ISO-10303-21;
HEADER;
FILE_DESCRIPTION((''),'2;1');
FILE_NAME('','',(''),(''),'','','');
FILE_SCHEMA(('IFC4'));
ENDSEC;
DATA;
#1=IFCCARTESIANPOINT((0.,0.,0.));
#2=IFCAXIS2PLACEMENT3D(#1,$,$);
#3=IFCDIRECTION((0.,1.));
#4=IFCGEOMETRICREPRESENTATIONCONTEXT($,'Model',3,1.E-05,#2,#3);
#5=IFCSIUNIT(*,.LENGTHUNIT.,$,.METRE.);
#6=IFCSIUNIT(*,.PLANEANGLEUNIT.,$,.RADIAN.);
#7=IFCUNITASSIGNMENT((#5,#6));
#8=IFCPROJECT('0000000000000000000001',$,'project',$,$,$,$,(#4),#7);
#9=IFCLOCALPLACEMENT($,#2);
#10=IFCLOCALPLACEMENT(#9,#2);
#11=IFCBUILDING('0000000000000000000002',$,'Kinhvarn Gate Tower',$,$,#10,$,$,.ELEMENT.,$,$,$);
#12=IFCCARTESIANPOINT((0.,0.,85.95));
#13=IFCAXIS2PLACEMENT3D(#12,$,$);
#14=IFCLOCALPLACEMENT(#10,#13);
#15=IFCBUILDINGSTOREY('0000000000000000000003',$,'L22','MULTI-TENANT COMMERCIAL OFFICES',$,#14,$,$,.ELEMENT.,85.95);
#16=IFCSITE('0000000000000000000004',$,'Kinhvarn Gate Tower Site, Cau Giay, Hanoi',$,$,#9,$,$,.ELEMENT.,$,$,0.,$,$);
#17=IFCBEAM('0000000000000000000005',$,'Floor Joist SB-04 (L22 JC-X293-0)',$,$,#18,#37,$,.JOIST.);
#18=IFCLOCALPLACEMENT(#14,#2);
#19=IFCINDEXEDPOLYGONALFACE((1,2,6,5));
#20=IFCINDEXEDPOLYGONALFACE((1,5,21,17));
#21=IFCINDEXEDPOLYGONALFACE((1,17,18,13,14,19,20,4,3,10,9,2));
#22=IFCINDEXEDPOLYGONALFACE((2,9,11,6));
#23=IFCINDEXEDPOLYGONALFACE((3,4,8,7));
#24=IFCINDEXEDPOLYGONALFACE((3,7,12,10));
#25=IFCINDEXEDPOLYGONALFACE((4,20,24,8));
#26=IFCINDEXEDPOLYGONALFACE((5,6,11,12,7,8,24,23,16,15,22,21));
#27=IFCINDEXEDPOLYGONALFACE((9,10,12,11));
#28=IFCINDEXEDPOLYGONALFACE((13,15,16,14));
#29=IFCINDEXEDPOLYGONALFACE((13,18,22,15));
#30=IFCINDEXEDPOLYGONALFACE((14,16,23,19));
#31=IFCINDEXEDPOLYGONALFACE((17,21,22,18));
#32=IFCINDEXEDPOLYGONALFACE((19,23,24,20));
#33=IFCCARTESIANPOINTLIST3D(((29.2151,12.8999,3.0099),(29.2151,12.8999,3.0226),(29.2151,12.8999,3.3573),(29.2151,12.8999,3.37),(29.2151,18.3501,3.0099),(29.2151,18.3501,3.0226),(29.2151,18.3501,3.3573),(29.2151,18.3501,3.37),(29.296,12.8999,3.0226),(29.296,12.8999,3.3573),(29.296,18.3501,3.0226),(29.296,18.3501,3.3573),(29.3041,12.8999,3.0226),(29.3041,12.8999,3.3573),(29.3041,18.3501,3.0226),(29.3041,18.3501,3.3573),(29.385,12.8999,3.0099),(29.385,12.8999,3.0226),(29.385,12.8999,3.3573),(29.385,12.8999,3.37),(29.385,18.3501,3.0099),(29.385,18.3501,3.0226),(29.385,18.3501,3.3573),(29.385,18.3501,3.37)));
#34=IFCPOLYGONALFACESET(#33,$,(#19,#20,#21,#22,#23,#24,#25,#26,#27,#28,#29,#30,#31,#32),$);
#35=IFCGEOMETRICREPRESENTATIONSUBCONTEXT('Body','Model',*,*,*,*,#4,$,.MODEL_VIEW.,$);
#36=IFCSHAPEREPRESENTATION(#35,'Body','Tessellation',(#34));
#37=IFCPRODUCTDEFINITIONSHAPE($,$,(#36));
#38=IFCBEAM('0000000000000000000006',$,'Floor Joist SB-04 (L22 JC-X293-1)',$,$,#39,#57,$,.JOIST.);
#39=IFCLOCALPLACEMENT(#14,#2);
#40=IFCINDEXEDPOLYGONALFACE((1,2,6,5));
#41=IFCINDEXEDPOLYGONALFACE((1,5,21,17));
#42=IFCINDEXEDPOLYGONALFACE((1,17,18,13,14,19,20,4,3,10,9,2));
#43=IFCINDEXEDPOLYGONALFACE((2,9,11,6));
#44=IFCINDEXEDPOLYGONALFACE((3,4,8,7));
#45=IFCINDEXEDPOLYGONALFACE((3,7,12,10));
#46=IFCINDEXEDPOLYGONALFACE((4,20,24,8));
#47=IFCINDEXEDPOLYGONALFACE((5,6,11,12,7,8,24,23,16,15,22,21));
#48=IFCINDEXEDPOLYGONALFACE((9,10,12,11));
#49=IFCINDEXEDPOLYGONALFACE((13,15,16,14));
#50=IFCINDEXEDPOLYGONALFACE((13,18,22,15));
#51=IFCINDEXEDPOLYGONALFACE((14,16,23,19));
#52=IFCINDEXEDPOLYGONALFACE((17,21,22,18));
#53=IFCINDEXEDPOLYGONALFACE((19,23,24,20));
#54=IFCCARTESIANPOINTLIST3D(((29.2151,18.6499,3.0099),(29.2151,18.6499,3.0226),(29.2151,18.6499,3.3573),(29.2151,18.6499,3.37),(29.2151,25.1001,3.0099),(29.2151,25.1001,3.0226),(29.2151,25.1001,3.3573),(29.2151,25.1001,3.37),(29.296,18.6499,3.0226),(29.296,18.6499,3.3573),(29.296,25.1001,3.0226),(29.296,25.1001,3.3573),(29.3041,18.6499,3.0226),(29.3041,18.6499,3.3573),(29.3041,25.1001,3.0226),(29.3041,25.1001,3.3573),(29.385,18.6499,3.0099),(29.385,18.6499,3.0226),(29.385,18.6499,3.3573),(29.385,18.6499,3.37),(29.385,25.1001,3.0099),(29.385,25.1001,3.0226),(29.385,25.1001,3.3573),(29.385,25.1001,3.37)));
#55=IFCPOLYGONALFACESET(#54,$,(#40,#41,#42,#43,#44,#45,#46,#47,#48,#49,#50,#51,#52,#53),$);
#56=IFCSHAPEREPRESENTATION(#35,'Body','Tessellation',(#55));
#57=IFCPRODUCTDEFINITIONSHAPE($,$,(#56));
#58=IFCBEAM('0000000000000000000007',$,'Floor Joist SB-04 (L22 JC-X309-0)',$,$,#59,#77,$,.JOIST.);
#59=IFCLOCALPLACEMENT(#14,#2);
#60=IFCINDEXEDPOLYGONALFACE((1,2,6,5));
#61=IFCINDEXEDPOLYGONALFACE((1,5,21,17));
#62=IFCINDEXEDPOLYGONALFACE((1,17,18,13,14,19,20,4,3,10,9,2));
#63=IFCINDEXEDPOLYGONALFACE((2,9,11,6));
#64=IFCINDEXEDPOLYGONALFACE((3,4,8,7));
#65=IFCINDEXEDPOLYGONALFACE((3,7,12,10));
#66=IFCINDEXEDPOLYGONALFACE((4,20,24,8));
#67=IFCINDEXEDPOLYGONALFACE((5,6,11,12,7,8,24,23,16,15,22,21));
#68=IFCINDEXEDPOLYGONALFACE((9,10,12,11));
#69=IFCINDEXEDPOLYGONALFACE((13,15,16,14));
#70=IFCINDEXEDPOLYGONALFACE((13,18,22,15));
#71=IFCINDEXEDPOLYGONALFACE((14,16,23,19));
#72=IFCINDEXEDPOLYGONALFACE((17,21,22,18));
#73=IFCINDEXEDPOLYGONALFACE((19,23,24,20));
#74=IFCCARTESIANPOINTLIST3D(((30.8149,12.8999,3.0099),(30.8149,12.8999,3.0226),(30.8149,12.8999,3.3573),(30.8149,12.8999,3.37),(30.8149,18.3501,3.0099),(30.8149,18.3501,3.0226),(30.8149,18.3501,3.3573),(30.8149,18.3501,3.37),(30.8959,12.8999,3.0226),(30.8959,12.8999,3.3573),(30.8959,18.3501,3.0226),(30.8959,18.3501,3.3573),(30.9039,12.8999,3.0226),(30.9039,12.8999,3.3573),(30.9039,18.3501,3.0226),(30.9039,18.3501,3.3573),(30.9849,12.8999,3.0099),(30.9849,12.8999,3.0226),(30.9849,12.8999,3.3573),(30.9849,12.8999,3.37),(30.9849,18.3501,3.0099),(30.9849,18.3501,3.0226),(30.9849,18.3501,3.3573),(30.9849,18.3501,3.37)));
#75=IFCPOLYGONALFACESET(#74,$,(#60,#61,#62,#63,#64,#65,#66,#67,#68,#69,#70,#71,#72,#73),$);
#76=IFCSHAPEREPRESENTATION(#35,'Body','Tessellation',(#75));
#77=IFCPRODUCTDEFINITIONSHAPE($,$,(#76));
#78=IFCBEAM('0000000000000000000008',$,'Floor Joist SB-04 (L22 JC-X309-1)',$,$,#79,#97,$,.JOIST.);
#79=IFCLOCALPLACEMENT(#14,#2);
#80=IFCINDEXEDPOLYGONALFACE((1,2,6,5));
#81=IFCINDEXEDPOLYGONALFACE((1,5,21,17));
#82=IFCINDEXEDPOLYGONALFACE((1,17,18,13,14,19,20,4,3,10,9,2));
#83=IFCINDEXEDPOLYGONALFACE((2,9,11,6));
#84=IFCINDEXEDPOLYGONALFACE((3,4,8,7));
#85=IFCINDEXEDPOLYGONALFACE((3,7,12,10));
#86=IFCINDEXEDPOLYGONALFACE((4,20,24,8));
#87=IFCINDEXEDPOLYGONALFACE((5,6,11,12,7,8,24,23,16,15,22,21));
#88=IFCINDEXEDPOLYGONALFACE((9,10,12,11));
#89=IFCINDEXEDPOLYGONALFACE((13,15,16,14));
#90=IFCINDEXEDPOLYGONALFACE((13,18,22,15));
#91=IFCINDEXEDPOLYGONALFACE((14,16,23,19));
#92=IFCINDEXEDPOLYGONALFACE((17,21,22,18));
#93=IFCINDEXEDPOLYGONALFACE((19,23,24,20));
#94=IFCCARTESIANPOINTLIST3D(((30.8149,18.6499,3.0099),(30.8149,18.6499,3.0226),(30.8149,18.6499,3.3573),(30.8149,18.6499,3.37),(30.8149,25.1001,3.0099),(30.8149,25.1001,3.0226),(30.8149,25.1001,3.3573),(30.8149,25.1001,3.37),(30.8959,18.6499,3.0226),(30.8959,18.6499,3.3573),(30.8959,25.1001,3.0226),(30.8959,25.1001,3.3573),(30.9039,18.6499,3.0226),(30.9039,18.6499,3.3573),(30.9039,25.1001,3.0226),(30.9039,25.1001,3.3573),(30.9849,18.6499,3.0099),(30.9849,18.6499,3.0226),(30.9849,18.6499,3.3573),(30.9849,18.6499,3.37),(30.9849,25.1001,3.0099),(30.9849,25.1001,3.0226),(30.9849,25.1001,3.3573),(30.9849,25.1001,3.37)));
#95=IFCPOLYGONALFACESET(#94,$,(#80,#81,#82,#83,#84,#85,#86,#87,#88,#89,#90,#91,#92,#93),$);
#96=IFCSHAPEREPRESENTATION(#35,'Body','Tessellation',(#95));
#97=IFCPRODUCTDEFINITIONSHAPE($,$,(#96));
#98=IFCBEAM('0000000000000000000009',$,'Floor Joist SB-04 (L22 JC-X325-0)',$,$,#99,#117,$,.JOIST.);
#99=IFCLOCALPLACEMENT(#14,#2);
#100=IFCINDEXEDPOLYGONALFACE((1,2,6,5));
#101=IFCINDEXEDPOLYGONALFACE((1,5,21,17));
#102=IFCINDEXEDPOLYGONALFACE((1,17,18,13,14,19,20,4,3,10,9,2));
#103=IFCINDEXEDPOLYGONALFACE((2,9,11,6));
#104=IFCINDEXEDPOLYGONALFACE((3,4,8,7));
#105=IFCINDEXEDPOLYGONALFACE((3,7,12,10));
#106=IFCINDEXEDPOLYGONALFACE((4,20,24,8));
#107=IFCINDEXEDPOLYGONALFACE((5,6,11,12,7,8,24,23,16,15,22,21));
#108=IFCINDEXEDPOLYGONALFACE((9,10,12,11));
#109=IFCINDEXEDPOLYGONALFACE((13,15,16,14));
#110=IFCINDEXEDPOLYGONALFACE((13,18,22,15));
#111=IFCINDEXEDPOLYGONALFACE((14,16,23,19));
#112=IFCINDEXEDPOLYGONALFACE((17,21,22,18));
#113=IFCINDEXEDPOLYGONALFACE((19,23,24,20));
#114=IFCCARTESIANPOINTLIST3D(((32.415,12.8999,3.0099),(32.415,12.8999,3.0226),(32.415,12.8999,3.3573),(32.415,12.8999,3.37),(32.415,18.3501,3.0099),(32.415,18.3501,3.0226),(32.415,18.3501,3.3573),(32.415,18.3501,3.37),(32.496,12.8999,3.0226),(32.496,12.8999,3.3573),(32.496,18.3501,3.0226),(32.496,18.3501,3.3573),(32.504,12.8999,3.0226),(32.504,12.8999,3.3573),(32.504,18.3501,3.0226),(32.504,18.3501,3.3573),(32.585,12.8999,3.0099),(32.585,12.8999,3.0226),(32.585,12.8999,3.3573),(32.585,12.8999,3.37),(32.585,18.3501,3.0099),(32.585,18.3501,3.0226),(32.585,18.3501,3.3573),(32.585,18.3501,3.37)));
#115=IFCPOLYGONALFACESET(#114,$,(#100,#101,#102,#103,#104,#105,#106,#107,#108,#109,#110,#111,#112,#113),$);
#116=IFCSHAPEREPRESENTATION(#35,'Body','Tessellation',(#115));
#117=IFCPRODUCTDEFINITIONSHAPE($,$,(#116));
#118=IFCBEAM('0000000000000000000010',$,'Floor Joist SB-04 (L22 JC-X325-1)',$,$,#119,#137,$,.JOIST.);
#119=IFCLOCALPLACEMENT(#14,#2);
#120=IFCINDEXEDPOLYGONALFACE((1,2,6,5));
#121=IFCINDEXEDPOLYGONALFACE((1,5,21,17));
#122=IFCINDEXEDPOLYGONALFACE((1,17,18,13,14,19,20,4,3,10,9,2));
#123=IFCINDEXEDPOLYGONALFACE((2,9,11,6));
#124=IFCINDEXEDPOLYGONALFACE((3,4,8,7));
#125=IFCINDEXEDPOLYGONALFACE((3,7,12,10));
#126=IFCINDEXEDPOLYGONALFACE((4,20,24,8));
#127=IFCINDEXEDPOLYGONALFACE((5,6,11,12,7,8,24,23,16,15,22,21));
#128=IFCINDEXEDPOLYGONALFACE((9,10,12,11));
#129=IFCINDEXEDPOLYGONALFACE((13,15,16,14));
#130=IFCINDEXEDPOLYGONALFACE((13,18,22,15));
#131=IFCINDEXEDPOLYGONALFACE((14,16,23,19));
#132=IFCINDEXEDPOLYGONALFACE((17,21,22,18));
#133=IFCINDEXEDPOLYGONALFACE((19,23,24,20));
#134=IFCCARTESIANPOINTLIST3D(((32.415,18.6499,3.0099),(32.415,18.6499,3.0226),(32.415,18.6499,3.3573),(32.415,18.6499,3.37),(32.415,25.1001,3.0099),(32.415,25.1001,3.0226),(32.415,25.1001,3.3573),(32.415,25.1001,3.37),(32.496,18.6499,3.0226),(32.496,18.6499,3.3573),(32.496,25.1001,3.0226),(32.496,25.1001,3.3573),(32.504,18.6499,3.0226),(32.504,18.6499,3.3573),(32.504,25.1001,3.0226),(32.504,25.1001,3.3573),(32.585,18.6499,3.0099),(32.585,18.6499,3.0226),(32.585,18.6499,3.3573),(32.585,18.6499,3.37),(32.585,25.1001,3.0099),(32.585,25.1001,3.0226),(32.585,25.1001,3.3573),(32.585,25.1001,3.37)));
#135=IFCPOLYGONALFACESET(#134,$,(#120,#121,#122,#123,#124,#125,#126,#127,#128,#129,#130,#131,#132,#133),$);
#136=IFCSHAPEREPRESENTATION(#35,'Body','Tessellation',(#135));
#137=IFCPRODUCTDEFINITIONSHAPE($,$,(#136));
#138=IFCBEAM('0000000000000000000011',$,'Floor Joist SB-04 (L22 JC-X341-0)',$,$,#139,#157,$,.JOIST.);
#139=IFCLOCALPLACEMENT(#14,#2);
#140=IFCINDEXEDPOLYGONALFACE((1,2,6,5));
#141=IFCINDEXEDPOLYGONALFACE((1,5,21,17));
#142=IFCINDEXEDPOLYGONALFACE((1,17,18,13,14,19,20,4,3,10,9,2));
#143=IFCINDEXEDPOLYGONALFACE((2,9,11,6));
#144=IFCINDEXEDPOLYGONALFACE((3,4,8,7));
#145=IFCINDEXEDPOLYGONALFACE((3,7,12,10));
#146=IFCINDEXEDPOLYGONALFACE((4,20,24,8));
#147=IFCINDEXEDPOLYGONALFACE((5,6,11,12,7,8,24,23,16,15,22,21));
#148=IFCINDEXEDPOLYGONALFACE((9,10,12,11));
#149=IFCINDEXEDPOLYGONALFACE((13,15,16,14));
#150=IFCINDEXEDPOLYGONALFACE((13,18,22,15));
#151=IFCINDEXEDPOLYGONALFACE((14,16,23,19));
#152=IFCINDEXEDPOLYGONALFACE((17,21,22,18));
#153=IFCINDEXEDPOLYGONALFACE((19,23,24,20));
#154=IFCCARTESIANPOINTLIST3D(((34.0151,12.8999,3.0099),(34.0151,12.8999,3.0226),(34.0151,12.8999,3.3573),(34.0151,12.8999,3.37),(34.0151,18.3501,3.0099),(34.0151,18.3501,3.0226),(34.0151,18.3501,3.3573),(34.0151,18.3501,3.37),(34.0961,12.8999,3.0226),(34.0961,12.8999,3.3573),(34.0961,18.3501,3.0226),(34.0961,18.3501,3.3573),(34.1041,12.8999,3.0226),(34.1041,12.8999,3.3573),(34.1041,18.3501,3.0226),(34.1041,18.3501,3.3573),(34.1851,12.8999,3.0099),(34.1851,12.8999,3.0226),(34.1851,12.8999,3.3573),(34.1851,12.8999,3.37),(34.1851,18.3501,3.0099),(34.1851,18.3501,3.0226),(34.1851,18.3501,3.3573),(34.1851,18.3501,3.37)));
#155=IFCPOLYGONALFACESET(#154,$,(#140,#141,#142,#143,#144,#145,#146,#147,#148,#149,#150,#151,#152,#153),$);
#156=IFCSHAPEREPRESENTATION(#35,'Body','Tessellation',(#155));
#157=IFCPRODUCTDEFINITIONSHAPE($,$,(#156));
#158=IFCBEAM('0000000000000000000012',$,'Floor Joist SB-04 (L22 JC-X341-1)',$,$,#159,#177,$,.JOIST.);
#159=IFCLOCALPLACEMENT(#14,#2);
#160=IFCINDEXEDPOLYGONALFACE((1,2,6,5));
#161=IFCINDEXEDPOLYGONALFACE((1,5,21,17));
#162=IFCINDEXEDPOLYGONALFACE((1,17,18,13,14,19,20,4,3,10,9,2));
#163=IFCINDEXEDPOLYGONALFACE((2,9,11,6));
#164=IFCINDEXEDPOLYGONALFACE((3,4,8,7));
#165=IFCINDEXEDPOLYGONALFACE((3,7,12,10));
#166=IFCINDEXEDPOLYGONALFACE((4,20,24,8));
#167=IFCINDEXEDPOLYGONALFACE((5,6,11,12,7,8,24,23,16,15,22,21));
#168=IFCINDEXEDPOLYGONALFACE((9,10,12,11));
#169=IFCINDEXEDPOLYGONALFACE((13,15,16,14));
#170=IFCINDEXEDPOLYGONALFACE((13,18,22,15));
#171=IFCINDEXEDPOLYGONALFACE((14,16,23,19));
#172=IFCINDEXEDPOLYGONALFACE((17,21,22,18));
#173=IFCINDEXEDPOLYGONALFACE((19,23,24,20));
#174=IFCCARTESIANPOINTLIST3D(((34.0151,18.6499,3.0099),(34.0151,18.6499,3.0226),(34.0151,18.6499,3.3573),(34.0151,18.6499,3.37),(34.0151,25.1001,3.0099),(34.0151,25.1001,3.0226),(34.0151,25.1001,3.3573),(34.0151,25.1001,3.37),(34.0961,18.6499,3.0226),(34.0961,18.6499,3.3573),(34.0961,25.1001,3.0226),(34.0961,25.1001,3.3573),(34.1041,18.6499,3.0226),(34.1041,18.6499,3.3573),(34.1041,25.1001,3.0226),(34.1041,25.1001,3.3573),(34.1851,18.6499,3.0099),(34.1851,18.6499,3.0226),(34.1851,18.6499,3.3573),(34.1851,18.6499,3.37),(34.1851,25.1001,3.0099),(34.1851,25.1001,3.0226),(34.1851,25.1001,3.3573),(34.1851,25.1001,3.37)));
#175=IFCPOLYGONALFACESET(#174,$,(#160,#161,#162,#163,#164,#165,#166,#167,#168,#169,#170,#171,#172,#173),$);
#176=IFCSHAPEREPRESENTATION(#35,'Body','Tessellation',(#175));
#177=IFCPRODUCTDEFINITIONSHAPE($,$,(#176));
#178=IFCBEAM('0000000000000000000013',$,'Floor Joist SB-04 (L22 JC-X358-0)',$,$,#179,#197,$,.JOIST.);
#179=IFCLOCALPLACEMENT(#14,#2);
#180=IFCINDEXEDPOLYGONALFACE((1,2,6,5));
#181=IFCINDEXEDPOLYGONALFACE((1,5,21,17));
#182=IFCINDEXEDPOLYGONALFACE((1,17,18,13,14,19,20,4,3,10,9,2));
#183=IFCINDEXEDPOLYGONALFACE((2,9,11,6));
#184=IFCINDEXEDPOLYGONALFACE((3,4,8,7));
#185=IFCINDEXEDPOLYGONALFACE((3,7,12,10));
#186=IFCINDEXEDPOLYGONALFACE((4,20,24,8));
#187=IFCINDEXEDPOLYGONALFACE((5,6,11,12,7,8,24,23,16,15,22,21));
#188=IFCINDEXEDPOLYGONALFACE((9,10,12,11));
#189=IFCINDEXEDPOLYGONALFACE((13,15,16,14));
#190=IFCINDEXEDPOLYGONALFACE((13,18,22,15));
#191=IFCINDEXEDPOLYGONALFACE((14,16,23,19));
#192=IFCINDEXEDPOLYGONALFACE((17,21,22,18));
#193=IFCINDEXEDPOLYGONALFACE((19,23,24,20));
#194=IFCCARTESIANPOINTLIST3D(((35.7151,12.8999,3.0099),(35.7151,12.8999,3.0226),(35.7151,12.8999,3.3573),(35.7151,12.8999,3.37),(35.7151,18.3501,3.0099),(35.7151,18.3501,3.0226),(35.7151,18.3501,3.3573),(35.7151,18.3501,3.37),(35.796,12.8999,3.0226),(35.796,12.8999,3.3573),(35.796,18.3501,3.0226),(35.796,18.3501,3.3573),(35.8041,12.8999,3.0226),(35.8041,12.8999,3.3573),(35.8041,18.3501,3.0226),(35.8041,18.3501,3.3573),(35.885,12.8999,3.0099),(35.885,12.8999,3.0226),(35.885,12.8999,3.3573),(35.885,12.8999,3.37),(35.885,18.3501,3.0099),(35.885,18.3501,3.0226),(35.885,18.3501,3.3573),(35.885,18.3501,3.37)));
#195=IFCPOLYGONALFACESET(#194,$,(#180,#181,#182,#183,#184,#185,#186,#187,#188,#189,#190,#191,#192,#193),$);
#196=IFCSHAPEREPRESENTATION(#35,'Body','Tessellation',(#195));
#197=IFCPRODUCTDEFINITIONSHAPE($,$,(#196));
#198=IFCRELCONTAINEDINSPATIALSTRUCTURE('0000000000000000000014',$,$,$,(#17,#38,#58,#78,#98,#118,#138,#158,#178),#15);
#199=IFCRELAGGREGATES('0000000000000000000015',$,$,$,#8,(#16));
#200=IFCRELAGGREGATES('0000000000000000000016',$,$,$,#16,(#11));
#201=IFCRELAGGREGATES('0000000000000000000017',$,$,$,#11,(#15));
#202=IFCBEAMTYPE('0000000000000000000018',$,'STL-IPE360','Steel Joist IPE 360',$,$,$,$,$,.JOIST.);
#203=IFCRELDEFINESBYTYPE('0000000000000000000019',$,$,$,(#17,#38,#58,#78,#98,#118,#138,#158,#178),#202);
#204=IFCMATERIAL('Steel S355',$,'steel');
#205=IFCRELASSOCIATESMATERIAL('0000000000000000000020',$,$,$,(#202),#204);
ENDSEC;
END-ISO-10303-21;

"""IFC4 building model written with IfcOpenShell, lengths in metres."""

from ifc_helpers import new_model, si_unit, direction, frame, origin, origin_2d, place, context, subcontext, project, spatial, i_section, extrude, material, material_profile, profile_set, type_object, element, save


model = new_model("IFC4")

# Units and contexts
model_context = context("Model", 3, precision=1e-05, world=origin(), true_north=direction((0.0, 1.0)))
body_context = subcontext(model_context, "Body", "Model", "MODEL_VIEW")
ifc_project = project(units=[si_unit("LENGTHUNIT", "METRE"), si_unit("PLANEANGLEUNIT", "RADIAN")], contexts=[model_context])

# Site, building, storey
site_placement = place(None, origin())
site = spatial("IfcSite", under=ifc_project, at=site_placement, Name="Kinhvarn Gate Tower Site, Cau Giay, Hanoi", CompositionType="ELEMENT", RefElevation=0.0)
building_placement = place(site_placement, origin())
building = spatial("IfcBuilding", under=site, at=building_placement, Name="Kinhvarn Gate Tower", CompositionType="ELEMENT")
storey_placement = place(building_placement, frame((0.0, 0.0, 85.95)))
storey = spatial("IfcBuildingStorey", under=building, at=storey_placement, Name="L22", Description="MULTI-TENANT COMMERCIAL OFFICES", CompositionType="ELEMENT", Elevation=85.95)

# Beams
ifc_material_1 = material(Name="Steel S355", Category="steel")
ifc_material_profile_1 = material_profile(ifc_material_1, i_section(OverallWidth=0.1699, OverallDepth=0.3601, WebThickness=0.0081, FlangeThickness=0.0127, at=origin_2d()), Name="IPE 360")
ifc_profile_set_1 = profile_set([ifc_material_profile_1], Name="Steel S355")
beam_type_1 = type_object("IfcBeamType", Name="STL-IPE360", Description="Steel Joist IPE 360", PredefinedType="JOIST", material=ifc_profile_set_1)
beam_1_placement = place(storey_placement, frame((29.3, 12.8999, 3.1899), z_axis=(0.0, 1.0, 0.0), x_axis=(-1.0, 0.0, 0.0)))
element("IfcBeam", 1, at=beam_1_placement, inside=storey, type_object=beam_type_1, Name="Floor Joist SB-04 (L22 JC-X293-0)", PredefinedType="JOIST", context=body_context, shape_type="SweptSolid", body=[
    extrude(i_section(OverallWidth=0.1699, OverallDepth=0.3601, WebThickness=0.0081, FlangeThickness=0.0127, at=origin_2d()), origin(), (0.0, 0.0, 1.0), 5.4502),
])
beam_2_placement = place(storey_placement, frame((29.3, 18.6499, 3.1899), z_axis=(0.0, 1.0, 0.0), x_axis=(-1.0, 0.0, 0.0)))
element("IfcBeam", 2, at=beam_2_placement, inside=storey, type_object=beam_type_1, Name="Floor Joist SB-04 (L22 JC-X293-1)", PredefinedType="JOIST", context=body_context, shape_type="SweptSolid", body=[
    extrude(i_section(OverallWidth=0.1699, OverallDepth=0.3601, WebThickness=0.0081, FlangeThickness=0.0127, at=origin_2d()), origin(), (0.0, 0.0, 1.0), 6.4502),
])
beam_3_placement = place(storey_placement, frame((30.8999, 12.8999, 3.1899), z_axis=(0.0, 1.0, 0.0), x_axis=(-1.0, 0.0, 0.0)))
element("IfcBeam", 3, at=beam_3_placement, inside=storey, type_object=beam_type_1, Name="Floor Joist SB-04 (L22 JC-X309-0)", PredefinedType="JOIST", context=body_context, shape_type="SweptSolid", body=[
    extrude(i_section(OverallWidth=0.1699, OverallDepth=0.3601, WebThickness=0.0081, FlangeThickness=0.0127, at=origin_2d()), origin(), (0.0, 0.0, 1.0), 5.4502),
])
beam_4_placement = place(storey_placement, frame((30.8999, 18.6499, 3.1899), z_axis=(0.0, 1.0, 0.0), x_axis=(-1.0, 0.0, 0.0)))
element("IfcBeam", 4, at=beam_4_placement, inside=storey, type_object=beam_type_1, Name="Floor Joist SB-04 (L22 JC-X309-1)", PredefinedType="JOIST", context=body_context, shape_type="SweptSolid", body=[
    extrude(i_section(OverallWidth=0.1699, OverallDepth=0.3601, WebThickness=0.0081, FlangeThickness=0.0127, at=origin_2d()), origin(), (0.0, 0.0, 1.0), 6.4502),
])
beam_5_placement = place(storey_placement, frame((32.5, 12.8999, 3.1899), z_axis=(0.0, 1.0, 0.0), x_axis=(-1.0, 0.0, 0.0)))
element("IfcBeam", 5, at=beam_5_placement, inside=storey, type_object=beam_type_1, Name="Floor Joist SB-04 (L22 JC-X325-0)", PredefinedType="JOIST", context=body_context, shape_type="SweptSolid", body=[
    extrude(i_section(OverallWidth=0.1699, OverallDepth=0.3601, WebThickness=0.0081, FlangeThickness=0.0127, at=origin_2d()), origin(), (0.0, 0.0, 1.0), 5.4502),
])
beam_6_placement = place(storey_placement, frame((32.5, 18.6499, 3.1899), z_axis=(0.0, 1.0, 0.0), x_axis=(-1.0, 0.0, 0.0)))
element("IfcBeam", 6, at=beam_6_placement, inside=storey, type_object=beam_type_1, Name="Floor Joist SB-04 (L22 JC-X325-1)", PredefinedType="JOIST", context=body_context, shape_type="SweptSolid", body=[
    extrude(i_section(OverallWidth=0.1699, OverallDepth=0.3601, WebThickness=0.0081, FlangeThickness=0.0127, at=origin_2d()), origin(), (0.0, 0.0, 1.0), 6.4502),
])
beam_7_placement = place(storey_placement, frame((34.1001, 12.8999, 3.1899), z_axis=(0.0, 1.0, 0.0), x_axis=(-1.0, 0.0, 0.0)))
element("IfcBeam", 7, at=beam_7_placement, inside=storey, type_object=beam_type_1, Name="Floor Joist SB-04 (L22 JC-X341-0)", PredefinedType="JOIST", context=body_context, shape_type="SweptSolid", body=[
    extrude(i_section(OverallWidth=0.1699, OverallDepth=0.3601, WebThickness=0.0081, FlangeThickness=0.0127, at=origin_2d()), origin(), (0.0, 0.0, 1.0), 5.4502),
])
beam_8_placement = place(storey_placement, frame((34.1001, 18.6499, 3.1899), z_axis=(0.0, 1.0, 0.0), x_axis=(-1.0, 0.0, 0.0)))
element("IfcBeam", 8, at=beam_8_placement, inside=storey, type_object=beam_type_1, Name="Floor Joist SB-04 (L22 JC-X341-1)", PredefinedType="JOIST", context=body_context, shape_type="SweptSolid", body=[
    extrude(i_section(OverallWidth=0.1699, OverallDepth=0.3601, WebThickness=0.0081, FlangeThickness=0.0127, at=origin_2d()), origin(), (0.0, 0.0, 1.0), 6.4502),
])
beam_9_placement = place(storey_placement, frame((35.8, 12.8999, 3.1899), z_axis=(0.0, 1.0, 0.0), x_axis=(-1.0, 0.0, 0.0)))
element("IfcBeam", 9, at=beam_9_placement, inside=storey, type_object=beam_type_1, Name="Floor Joist SB-04 (L22 JC-X358-0)", PredefinedType="JOIST", context=body_context, shape_type="SweptSolid", body=[
    extrude(i_section(OverallWidth=0.1699, OverallDepth=0.3601, WebThickness=0.0081, FlangeThickness=0.0127, at=origin_2d()), origin(), (0.0, 0.0, 1.0), 5.4502),
])

save(model, "model.ifc")
